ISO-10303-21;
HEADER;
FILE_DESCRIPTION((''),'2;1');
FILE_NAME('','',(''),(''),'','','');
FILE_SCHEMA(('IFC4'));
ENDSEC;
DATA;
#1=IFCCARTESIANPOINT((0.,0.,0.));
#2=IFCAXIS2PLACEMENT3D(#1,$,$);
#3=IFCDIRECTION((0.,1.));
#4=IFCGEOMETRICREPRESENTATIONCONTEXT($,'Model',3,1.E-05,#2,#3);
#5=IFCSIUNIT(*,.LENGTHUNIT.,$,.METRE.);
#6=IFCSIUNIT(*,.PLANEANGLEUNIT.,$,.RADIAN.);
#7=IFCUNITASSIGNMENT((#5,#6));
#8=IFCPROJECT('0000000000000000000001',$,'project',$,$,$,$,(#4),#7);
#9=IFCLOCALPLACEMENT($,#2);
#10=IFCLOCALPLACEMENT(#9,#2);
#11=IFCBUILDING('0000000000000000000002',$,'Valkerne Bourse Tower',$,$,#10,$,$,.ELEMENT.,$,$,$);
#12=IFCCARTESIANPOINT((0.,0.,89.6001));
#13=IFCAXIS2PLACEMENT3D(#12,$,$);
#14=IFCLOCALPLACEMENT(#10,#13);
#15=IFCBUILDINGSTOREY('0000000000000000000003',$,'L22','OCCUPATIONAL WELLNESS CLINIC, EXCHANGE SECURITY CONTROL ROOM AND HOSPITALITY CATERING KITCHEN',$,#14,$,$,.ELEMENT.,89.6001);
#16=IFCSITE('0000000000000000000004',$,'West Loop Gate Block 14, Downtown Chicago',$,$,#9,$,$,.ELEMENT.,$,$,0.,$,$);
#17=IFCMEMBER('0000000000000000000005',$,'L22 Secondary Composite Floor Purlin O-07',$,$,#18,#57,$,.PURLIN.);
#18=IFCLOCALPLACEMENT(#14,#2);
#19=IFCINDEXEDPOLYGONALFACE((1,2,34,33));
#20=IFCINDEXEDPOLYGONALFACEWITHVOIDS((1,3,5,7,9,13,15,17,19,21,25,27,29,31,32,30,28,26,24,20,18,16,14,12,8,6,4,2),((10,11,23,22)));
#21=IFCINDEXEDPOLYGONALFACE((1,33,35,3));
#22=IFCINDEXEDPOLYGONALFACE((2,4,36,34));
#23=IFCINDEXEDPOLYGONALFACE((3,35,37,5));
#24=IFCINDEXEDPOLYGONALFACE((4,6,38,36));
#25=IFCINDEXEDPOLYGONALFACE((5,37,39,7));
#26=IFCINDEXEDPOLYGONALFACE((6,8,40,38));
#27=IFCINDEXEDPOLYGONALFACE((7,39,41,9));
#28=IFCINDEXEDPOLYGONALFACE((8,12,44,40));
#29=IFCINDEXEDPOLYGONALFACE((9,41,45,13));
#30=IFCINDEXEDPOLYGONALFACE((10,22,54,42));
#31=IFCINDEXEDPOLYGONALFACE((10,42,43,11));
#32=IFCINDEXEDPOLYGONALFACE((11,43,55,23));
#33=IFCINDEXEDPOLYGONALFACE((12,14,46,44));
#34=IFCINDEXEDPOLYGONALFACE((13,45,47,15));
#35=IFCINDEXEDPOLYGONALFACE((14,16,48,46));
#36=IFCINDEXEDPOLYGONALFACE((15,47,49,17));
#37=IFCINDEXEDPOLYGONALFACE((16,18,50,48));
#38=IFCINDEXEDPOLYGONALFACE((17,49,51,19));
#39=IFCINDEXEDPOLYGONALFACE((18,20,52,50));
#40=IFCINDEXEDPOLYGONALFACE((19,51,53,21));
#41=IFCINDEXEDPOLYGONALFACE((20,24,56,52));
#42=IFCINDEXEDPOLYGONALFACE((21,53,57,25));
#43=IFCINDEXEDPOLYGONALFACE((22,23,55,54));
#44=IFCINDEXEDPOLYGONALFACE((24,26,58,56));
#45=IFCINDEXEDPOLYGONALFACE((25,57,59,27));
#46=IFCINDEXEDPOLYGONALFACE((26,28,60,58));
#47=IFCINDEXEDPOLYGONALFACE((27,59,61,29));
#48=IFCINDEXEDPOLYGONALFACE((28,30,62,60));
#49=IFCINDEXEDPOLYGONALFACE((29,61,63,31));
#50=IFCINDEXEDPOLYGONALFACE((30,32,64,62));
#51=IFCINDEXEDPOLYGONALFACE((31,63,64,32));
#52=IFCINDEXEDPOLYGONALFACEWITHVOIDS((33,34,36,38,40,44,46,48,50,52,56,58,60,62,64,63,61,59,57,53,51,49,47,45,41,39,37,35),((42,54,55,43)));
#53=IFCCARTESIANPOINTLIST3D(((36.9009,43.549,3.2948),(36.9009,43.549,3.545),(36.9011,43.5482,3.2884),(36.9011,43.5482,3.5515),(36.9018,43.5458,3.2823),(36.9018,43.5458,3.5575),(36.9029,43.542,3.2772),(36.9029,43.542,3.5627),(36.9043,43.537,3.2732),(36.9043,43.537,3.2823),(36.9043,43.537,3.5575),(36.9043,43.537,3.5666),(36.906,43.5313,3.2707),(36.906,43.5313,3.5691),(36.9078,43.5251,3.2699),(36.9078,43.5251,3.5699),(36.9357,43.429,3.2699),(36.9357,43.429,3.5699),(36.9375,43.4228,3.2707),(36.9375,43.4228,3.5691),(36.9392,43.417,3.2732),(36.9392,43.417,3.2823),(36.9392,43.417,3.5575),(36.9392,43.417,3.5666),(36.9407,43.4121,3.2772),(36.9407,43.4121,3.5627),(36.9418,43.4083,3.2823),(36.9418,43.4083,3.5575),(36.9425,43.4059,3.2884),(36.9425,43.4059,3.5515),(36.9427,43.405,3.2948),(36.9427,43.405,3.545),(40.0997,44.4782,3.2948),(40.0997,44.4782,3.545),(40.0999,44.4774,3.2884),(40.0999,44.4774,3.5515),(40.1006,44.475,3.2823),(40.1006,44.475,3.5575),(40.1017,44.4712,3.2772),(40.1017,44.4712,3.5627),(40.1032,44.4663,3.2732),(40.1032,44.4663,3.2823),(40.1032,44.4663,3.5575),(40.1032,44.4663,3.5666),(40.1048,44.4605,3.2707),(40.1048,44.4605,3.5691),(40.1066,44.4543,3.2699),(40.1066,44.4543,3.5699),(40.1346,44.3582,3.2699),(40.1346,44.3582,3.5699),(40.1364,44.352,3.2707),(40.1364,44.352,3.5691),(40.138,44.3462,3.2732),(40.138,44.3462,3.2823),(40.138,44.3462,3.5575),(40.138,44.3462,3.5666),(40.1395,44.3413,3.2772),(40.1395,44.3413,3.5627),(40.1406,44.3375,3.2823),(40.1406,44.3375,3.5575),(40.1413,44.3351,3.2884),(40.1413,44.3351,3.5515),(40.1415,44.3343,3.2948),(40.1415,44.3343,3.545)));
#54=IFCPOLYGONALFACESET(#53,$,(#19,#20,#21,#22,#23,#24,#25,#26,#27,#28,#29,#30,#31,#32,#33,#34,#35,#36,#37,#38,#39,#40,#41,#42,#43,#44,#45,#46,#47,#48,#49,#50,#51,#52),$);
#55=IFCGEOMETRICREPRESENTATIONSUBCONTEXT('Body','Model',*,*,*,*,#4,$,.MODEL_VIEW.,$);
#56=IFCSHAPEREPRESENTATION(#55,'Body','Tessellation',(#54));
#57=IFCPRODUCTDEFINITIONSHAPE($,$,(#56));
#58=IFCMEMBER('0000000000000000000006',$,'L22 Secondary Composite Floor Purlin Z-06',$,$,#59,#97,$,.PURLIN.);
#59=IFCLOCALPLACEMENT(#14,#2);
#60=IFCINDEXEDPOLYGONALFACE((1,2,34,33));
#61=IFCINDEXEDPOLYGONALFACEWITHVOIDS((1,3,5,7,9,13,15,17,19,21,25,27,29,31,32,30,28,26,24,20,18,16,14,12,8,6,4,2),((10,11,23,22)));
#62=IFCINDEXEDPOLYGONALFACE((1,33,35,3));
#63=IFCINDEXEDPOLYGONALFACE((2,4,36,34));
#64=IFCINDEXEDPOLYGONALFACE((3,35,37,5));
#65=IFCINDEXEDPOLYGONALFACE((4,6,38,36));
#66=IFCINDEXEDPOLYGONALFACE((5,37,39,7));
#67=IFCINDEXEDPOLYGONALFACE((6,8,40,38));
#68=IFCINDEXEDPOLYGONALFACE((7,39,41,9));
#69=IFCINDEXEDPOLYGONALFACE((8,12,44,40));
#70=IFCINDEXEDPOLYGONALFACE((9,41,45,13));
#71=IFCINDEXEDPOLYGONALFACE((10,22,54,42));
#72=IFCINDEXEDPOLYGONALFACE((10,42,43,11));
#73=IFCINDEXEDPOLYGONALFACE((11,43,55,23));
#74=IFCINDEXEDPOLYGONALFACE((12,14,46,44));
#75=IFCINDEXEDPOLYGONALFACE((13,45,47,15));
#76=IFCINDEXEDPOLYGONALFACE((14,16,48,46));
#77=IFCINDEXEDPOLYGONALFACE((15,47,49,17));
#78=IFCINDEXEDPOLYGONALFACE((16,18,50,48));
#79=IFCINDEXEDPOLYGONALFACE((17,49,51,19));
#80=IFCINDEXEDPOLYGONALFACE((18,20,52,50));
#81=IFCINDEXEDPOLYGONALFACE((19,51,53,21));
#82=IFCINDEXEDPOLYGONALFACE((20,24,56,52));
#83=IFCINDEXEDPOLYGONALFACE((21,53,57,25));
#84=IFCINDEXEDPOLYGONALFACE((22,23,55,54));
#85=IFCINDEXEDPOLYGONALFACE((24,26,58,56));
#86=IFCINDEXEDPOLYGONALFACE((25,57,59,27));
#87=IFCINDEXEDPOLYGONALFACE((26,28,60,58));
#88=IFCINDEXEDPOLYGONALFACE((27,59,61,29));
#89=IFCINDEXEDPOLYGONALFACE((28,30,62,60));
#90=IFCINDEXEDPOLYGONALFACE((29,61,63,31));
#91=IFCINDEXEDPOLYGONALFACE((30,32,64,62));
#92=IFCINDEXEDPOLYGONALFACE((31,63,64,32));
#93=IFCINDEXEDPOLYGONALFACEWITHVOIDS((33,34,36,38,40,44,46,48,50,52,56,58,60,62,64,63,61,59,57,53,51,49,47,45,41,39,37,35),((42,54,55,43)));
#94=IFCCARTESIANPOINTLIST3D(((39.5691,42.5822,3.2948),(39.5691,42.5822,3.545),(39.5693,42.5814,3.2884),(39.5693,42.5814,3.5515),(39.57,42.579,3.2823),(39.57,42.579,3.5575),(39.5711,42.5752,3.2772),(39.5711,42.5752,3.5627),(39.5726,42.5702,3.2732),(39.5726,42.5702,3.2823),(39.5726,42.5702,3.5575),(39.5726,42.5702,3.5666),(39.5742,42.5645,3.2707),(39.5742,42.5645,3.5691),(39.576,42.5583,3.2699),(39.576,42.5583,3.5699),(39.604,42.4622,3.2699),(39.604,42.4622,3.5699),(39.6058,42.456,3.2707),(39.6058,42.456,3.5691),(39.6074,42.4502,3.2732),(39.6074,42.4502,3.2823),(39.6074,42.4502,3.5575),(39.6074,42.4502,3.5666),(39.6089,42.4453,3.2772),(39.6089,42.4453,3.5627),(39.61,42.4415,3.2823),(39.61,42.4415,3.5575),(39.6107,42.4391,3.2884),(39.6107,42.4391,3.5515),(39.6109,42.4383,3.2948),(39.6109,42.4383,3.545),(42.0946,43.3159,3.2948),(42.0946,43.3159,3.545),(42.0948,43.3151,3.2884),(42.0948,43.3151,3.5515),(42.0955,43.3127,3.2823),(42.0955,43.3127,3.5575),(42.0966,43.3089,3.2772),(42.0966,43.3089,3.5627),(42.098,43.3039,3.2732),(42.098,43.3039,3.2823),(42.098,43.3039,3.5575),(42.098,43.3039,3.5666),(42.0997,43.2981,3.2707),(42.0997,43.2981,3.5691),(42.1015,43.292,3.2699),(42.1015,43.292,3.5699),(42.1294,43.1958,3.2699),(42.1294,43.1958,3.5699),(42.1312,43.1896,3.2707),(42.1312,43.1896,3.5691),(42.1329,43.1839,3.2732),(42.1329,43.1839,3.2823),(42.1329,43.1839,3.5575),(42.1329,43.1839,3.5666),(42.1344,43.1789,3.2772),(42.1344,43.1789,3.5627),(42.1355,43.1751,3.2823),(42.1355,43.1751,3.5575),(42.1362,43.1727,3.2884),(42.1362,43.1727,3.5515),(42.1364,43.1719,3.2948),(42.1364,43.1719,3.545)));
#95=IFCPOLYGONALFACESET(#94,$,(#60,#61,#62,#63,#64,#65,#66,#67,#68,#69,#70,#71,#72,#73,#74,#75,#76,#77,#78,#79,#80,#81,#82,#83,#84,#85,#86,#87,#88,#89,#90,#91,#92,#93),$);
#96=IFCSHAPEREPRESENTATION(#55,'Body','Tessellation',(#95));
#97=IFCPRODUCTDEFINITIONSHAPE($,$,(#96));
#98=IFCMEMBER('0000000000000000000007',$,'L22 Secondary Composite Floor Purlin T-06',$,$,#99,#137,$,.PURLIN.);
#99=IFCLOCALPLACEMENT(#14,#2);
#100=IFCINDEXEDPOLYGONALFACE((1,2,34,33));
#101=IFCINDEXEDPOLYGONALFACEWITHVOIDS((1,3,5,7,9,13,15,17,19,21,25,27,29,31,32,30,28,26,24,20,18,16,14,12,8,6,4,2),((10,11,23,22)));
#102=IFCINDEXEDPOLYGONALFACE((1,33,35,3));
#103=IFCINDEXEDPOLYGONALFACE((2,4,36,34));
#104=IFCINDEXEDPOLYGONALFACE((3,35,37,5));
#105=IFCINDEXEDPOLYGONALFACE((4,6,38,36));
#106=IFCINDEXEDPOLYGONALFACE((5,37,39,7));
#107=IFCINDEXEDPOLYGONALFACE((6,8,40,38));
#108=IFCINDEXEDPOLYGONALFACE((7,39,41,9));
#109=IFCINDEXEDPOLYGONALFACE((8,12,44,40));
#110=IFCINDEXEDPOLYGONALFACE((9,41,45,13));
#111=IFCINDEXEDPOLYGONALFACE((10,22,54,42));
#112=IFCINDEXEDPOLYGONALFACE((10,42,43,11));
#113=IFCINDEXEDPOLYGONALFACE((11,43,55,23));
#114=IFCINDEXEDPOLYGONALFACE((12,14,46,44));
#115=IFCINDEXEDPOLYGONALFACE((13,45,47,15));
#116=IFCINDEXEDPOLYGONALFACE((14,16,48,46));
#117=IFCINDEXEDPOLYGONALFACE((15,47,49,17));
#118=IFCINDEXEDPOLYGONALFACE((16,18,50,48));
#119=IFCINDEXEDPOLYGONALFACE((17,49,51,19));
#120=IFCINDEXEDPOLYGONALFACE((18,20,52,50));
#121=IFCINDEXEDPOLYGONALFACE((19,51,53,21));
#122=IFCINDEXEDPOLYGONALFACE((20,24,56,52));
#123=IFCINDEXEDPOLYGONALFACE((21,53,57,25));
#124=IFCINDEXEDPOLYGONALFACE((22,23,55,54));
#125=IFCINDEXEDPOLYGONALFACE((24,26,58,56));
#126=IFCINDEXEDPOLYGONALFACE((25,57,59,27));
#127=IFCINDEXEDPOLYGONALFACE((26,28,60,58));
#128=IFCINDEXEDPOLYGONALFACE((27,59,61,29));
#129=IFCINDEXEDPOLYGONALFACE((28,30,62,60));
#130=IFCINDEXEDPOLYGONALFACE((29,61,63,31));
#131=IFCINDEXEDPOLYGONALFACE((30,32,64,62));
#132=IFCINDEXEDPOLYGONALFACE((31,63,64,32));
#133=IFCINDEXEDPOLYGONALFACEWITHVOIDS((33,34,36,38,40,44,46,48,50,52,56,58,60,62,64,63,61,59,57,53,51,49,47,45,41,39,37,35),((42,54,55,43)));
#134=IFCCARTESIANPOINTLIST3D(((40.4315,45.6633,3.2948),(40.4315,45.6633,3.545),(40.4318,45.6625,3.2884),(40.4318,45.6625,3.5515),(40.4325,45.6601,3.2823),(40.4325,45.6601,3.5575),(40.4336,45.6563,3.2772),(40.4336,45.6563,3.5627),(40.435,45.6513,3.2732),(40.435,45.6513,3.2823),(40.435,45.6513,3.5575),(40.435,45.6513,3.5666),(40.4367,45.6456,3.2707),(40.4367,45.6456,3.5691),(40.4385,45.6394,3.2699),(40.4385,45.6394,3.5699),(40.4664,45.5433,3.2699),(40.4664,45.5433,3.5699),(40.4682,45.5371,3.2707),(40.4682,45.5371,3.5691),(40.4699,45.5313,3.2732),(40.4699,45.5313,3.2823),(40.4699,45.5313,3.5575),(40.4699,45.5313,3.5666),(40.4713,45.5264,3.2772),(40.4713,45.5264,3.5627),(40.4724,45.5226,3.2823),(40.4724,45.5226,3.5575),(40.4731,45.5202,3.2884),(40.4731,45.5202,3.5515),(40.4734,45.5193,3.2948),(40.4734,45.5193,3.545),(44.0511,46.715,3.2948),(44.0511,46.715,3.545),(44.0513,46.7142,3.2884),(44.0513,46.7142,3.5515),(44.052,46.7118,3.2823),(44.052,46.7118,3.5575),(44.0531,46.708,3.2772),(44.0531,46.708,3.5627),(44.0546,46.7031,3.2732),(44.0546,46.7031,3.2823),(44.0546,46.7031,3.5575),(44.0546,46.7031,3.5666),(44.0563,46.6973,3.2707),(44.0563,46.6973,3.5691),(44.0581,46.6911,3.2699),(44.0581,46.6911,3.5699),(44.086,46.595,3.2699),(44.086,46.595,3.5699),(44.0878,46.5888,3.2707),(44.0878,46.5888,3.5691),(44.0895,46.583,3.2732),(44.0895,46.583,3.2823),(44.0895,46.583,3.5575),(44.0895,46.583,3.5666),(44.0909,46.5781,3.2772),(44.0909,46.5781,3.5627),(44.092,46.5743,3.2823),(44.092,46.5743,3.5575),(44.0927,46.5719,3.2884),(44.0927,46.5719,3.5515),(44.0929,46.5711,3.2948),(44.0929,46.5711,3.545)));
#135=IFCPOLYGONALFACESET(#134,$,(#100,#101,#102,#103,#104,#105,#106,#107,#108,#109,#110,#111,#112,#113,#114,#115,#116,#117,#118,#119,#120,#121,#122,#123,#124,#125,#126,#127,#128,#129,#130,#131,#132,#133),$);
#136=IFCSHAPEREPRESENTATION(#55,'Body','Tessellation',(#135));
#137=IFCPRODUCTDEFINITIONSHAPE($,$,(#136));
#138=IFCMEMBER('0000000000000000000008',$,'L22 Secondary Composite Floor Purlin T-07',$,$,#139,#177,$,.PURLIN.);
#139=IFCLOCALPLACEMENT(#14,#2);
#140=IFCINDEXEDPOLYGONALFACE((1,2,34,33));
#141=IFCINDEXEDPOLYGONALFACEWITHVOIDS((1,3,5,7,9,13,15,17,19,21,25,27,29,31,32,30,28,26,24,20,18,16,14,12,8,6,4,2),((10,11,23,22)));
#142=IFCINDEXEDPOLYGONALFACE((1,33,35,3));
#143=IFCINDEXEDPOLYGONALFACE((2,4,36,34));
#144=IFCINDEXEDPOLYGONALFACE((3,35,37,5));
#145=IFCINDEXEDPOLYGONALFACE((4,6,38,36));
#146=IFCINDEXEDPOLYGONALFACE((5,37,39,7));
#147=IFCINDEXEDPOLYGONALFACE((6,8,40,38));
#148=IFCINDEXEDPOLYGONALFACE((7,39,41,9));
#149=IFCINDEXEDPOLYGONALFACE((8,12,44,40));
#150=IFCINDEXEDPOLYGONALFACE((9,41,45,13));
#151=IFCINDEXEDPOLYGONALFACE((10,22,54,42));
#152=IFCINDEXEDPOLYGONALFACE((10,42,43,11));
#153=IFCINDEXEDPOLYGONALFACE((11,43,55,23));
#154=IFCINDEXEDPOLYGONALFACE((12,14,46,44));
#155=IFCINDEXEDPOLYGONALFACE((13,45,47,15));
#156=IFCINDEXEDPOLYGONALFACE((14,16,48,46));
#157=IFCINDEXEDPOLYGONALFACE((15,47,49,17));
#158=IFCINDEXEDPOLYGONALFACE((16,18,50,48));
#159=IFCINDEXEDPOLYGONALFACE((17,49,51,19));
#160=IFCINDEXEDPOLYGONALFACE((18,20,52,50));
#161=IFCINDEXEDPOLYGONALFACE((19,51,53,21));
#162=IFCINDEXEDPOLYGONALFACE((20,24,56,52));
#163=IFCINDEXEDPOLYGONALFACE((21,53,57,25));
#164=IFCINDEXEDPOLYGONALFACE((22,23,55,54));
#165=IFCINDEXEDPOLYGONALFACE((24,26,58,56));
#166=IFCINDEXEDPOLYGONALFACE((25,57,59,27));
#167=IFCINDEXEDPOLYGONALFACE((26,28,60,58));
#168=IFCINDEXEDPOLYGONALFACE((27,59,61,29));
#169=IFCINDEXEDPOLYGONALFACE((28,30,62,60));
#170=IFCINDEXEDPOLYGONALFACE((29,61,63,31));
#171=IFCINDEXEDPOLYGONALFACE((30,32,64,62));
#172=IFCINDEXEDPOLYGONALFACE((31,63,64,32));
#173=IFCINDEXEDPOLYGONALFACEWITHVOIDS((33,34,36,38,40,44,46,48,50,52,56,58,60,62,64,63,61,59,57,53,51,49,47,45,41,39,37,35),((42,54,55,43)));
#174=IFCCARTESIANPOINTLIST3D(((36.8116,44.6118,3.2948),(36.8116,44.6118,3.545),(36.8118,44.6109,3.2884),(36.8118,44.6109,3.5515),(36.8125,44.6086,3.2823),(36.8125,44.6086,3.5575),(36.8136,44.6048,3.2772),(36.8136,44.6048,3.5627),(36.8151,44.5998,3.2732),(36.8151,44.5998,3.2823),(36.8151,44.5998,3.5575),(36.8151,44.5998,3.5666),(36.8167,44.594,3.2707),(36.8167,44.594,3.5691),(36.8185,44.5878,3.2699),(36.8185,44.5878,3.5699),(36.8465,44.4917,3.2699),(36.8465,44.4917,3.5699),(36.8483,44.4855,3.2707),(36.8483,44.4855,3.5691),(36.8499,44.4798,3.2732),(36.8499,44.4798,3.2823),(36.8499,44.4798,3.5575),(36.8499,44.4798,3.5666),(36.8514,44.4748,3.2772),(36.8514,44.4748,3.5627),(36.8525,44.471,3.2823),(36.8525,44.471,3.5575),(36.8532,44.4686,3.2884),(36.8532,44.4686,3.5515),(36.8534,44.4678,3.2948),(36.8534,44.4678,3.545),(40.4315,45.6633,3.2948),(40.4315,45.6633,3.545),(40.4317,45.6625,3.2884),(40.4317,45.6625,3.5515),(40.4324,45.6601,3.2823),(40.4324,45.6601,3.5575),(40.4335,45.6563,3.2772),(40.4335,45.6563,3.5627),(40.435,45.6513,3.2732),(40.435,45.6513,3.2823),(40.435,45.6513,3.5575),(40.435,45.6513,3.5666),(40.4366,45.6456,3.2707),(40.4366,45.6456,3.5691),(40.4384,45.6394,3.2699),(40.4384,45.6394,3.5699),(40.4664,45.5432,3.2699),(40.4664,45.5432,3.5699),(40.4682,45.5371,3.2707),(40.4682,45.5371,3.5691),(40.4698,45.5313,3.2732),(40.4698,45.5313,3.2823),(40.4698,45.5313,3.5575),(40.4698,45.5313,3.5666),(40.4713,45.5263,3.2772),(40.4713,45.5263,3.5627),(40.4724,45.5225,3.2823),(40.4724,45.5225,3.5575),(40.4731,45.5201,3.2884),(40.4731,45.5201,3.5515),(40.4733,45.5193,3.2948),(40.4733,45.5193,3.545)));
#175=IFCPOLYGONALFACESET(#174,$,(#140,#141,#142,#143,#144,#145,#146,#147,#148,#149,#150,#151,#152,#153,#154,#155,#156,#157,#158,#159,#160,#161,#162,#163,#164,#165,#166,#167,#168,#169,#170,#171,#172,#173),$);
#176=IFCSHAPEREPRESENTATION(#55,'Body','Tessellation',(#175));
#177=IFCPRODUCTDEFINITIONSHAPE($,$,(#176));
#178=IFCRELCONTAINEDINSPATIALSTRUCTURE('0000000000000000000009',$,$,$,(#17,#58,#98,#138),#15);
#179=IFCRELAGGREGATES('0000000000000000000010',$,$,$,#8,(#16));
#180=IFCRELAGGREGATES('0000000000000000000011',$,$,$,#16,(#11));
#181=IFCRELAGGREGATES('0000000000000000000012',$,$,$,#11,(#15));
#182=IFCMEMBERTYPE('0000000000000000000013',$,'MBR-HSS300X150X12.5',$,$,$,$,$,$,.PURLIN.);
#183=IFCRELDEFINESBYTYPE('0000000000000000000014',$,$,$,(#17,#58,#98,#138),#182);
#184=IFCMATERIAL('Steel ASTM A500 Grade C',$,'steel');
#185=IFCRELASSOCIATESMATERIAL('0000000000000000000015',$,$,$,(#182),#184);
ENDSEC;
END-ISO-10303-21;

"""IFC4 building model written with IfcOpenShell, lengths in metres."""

from ifc_helpers import new_model, si_unit, direction, frame, origin, origin_2d, place, context, subcontext, project, spatial, hollow_rectangle, extrude, material, material_profile, profile_set, type_object, element, save


model = new_model("IFC4")

# Units and contexts
model_context = context("Model", 3, precision=1e-05, world=origin(), true_north=direction((0.0, 1.0)))
body_context = subcontext(model_context, "Body", "Model", "MODEL_VIEW")
ifc_project = project(units=[si_unit("LENGTHUNIT", "METRE"), si_unit("PLANEANGLEUNIT", "RADIAN")], contexts=[model_context])

# Site, building, storey
site_placement = place(None, origin())
site = spatial("IfcSite", under=ifc_project, at=site_placement, Name="West Loop Gate Block 14, Downtown Chicago", CompositionType="ELEMENT", RefElevation=0.0)
building_placement = place(site_placement, origin())
building = spatial("IfcBuilding", under=site, at=building_placement, Name="Valkerne Bourse Tower", CompositionType="ELEMENT")
storey_placement = place(building_placement, frame((0.0, 0.0, 89.6001)))
storey = spatial("IfcBuildingStorey", under=building, at=storey_placement, Name="L22", Description="OCCUPATIONAL WELLNESS CLINIC, EXCHANGE SECURITY CONTROL ROOM AND HOSPITALITY CATERING KITCHEN", CompositionType="ELEMENT", Elevation=89.6001)

# Members
ifc_material_1 = material(Name="Steel ASTM A500 Grade C", Category="steel")
ifc_material_profile_1 = material_profile(ifc_material_1, hollow_rectangle(XDim=0.1499, YDim=0.3, WallThickness=0.0125, OuterFilletRadius=0.0249, at=origin_2d()), Name="HSS300X150X12.5")
ifc_profile_set_1 = profile_set([ifc_material_profile_1], Name="Steel ASTM A500 Grade C")
member_type_1 = type_object("IfcMemberType", Name="MBR-HSS300X150X12.5", PredefinedType="PURLIN", material=ifc_profile_set_1)
member_1_placement = place(storey_placement, frame((40.1206, 44.4062, 3.4199), z_axis=(-0.960303, -0.278958, 0.0), x_axis=(0.278958, -0.960303, 0.0)))
element("IfcMember", 1, at=member_1_placement, inside=storey, type_object=member_type_1, Name="L22 Secondary Composite Floor Purlin O-07", PredefinedType="PURLIN", context=body_context, shape_type="SweptSolid", body=[
    extrude(hollow_rectangle(XDim=0.1499, YDim=0.3, WallThickness=0.0125, OuterFilletRadius=0.0249, at=origin_2d()), origin(), (0.0, 0.0, 1.0), 3.3311),
])
member_2_placement = place(storey_placement, frame((42.1155, 43.2439, 3.4199), z_axis=(-0.960299, -0.278973, 0.0), x_axis=(0.278973, -0.960299, 0.0)))
element("IfcMember", 2, at=member_2_placement, inside=storey, type_object=member_type_1, Name="L22 Secondary Composite Floor Purlin Z-06", PredefinedType="PURLIN", context=body_context, shape_type="SweptSolid", body=[
    extrude(hollow_rectangle(XDim=0.1499, YDim=0.3, WallThickness=0.0125, OuterFilletRadius=0.0249, at=origin_2d()), origin(), (0.0, 0.0, 1.0), 2.6299),
])
member_3_placement = place(storey_placement, frame((44.072, 46.6431, 3.4199), z_axis=(-0.960282, -0.27903, 0.0), x_axis=(0.27903, -0.960282, 0.0)))
element("IfcMember", 3, at=member_3_placement, inside=storey, type_object=member_type_1, Name="L22 Secondary Composite Floor Purlin T-06", PredefinedType="PURLIN", context=body_context, shape_type="SweptSolid", body=[
    extrude(hollow_rectangle(XDim=0.1499, YDim=0.3, WallThickness=0.0125, OuterFilletRadius=0.0249, at=origin_2d()), origin(), (0.0, 0.0, 1.0), 3.7693),
])
member_4_placement = place(storey_placement, frame((40.4524, 45.5913, 3.4199), z_axis=(-0.960305, -0.278953, 0.0), x_axis=(0.278953, -0.960305, 0.0)))
element("IfcMember", 4, at=member_4_placement, inside=storey, type_object=member_type_1, Name="L22 Secondary Composite Floor Purlin T-07", PredefinedType="PURLIN", context=body_context, shape_type="SweptSolid", body=[
    extrude(hollow_rectangle(XDim=0.1499, YDim=0.3, WallThickness=0.0125, OuterFilletRadius=0.0249, at=origin_2d()), origin(), (0.0, 0.0, 1.0), 3.7695),
])

save(model, "model.ifc")
